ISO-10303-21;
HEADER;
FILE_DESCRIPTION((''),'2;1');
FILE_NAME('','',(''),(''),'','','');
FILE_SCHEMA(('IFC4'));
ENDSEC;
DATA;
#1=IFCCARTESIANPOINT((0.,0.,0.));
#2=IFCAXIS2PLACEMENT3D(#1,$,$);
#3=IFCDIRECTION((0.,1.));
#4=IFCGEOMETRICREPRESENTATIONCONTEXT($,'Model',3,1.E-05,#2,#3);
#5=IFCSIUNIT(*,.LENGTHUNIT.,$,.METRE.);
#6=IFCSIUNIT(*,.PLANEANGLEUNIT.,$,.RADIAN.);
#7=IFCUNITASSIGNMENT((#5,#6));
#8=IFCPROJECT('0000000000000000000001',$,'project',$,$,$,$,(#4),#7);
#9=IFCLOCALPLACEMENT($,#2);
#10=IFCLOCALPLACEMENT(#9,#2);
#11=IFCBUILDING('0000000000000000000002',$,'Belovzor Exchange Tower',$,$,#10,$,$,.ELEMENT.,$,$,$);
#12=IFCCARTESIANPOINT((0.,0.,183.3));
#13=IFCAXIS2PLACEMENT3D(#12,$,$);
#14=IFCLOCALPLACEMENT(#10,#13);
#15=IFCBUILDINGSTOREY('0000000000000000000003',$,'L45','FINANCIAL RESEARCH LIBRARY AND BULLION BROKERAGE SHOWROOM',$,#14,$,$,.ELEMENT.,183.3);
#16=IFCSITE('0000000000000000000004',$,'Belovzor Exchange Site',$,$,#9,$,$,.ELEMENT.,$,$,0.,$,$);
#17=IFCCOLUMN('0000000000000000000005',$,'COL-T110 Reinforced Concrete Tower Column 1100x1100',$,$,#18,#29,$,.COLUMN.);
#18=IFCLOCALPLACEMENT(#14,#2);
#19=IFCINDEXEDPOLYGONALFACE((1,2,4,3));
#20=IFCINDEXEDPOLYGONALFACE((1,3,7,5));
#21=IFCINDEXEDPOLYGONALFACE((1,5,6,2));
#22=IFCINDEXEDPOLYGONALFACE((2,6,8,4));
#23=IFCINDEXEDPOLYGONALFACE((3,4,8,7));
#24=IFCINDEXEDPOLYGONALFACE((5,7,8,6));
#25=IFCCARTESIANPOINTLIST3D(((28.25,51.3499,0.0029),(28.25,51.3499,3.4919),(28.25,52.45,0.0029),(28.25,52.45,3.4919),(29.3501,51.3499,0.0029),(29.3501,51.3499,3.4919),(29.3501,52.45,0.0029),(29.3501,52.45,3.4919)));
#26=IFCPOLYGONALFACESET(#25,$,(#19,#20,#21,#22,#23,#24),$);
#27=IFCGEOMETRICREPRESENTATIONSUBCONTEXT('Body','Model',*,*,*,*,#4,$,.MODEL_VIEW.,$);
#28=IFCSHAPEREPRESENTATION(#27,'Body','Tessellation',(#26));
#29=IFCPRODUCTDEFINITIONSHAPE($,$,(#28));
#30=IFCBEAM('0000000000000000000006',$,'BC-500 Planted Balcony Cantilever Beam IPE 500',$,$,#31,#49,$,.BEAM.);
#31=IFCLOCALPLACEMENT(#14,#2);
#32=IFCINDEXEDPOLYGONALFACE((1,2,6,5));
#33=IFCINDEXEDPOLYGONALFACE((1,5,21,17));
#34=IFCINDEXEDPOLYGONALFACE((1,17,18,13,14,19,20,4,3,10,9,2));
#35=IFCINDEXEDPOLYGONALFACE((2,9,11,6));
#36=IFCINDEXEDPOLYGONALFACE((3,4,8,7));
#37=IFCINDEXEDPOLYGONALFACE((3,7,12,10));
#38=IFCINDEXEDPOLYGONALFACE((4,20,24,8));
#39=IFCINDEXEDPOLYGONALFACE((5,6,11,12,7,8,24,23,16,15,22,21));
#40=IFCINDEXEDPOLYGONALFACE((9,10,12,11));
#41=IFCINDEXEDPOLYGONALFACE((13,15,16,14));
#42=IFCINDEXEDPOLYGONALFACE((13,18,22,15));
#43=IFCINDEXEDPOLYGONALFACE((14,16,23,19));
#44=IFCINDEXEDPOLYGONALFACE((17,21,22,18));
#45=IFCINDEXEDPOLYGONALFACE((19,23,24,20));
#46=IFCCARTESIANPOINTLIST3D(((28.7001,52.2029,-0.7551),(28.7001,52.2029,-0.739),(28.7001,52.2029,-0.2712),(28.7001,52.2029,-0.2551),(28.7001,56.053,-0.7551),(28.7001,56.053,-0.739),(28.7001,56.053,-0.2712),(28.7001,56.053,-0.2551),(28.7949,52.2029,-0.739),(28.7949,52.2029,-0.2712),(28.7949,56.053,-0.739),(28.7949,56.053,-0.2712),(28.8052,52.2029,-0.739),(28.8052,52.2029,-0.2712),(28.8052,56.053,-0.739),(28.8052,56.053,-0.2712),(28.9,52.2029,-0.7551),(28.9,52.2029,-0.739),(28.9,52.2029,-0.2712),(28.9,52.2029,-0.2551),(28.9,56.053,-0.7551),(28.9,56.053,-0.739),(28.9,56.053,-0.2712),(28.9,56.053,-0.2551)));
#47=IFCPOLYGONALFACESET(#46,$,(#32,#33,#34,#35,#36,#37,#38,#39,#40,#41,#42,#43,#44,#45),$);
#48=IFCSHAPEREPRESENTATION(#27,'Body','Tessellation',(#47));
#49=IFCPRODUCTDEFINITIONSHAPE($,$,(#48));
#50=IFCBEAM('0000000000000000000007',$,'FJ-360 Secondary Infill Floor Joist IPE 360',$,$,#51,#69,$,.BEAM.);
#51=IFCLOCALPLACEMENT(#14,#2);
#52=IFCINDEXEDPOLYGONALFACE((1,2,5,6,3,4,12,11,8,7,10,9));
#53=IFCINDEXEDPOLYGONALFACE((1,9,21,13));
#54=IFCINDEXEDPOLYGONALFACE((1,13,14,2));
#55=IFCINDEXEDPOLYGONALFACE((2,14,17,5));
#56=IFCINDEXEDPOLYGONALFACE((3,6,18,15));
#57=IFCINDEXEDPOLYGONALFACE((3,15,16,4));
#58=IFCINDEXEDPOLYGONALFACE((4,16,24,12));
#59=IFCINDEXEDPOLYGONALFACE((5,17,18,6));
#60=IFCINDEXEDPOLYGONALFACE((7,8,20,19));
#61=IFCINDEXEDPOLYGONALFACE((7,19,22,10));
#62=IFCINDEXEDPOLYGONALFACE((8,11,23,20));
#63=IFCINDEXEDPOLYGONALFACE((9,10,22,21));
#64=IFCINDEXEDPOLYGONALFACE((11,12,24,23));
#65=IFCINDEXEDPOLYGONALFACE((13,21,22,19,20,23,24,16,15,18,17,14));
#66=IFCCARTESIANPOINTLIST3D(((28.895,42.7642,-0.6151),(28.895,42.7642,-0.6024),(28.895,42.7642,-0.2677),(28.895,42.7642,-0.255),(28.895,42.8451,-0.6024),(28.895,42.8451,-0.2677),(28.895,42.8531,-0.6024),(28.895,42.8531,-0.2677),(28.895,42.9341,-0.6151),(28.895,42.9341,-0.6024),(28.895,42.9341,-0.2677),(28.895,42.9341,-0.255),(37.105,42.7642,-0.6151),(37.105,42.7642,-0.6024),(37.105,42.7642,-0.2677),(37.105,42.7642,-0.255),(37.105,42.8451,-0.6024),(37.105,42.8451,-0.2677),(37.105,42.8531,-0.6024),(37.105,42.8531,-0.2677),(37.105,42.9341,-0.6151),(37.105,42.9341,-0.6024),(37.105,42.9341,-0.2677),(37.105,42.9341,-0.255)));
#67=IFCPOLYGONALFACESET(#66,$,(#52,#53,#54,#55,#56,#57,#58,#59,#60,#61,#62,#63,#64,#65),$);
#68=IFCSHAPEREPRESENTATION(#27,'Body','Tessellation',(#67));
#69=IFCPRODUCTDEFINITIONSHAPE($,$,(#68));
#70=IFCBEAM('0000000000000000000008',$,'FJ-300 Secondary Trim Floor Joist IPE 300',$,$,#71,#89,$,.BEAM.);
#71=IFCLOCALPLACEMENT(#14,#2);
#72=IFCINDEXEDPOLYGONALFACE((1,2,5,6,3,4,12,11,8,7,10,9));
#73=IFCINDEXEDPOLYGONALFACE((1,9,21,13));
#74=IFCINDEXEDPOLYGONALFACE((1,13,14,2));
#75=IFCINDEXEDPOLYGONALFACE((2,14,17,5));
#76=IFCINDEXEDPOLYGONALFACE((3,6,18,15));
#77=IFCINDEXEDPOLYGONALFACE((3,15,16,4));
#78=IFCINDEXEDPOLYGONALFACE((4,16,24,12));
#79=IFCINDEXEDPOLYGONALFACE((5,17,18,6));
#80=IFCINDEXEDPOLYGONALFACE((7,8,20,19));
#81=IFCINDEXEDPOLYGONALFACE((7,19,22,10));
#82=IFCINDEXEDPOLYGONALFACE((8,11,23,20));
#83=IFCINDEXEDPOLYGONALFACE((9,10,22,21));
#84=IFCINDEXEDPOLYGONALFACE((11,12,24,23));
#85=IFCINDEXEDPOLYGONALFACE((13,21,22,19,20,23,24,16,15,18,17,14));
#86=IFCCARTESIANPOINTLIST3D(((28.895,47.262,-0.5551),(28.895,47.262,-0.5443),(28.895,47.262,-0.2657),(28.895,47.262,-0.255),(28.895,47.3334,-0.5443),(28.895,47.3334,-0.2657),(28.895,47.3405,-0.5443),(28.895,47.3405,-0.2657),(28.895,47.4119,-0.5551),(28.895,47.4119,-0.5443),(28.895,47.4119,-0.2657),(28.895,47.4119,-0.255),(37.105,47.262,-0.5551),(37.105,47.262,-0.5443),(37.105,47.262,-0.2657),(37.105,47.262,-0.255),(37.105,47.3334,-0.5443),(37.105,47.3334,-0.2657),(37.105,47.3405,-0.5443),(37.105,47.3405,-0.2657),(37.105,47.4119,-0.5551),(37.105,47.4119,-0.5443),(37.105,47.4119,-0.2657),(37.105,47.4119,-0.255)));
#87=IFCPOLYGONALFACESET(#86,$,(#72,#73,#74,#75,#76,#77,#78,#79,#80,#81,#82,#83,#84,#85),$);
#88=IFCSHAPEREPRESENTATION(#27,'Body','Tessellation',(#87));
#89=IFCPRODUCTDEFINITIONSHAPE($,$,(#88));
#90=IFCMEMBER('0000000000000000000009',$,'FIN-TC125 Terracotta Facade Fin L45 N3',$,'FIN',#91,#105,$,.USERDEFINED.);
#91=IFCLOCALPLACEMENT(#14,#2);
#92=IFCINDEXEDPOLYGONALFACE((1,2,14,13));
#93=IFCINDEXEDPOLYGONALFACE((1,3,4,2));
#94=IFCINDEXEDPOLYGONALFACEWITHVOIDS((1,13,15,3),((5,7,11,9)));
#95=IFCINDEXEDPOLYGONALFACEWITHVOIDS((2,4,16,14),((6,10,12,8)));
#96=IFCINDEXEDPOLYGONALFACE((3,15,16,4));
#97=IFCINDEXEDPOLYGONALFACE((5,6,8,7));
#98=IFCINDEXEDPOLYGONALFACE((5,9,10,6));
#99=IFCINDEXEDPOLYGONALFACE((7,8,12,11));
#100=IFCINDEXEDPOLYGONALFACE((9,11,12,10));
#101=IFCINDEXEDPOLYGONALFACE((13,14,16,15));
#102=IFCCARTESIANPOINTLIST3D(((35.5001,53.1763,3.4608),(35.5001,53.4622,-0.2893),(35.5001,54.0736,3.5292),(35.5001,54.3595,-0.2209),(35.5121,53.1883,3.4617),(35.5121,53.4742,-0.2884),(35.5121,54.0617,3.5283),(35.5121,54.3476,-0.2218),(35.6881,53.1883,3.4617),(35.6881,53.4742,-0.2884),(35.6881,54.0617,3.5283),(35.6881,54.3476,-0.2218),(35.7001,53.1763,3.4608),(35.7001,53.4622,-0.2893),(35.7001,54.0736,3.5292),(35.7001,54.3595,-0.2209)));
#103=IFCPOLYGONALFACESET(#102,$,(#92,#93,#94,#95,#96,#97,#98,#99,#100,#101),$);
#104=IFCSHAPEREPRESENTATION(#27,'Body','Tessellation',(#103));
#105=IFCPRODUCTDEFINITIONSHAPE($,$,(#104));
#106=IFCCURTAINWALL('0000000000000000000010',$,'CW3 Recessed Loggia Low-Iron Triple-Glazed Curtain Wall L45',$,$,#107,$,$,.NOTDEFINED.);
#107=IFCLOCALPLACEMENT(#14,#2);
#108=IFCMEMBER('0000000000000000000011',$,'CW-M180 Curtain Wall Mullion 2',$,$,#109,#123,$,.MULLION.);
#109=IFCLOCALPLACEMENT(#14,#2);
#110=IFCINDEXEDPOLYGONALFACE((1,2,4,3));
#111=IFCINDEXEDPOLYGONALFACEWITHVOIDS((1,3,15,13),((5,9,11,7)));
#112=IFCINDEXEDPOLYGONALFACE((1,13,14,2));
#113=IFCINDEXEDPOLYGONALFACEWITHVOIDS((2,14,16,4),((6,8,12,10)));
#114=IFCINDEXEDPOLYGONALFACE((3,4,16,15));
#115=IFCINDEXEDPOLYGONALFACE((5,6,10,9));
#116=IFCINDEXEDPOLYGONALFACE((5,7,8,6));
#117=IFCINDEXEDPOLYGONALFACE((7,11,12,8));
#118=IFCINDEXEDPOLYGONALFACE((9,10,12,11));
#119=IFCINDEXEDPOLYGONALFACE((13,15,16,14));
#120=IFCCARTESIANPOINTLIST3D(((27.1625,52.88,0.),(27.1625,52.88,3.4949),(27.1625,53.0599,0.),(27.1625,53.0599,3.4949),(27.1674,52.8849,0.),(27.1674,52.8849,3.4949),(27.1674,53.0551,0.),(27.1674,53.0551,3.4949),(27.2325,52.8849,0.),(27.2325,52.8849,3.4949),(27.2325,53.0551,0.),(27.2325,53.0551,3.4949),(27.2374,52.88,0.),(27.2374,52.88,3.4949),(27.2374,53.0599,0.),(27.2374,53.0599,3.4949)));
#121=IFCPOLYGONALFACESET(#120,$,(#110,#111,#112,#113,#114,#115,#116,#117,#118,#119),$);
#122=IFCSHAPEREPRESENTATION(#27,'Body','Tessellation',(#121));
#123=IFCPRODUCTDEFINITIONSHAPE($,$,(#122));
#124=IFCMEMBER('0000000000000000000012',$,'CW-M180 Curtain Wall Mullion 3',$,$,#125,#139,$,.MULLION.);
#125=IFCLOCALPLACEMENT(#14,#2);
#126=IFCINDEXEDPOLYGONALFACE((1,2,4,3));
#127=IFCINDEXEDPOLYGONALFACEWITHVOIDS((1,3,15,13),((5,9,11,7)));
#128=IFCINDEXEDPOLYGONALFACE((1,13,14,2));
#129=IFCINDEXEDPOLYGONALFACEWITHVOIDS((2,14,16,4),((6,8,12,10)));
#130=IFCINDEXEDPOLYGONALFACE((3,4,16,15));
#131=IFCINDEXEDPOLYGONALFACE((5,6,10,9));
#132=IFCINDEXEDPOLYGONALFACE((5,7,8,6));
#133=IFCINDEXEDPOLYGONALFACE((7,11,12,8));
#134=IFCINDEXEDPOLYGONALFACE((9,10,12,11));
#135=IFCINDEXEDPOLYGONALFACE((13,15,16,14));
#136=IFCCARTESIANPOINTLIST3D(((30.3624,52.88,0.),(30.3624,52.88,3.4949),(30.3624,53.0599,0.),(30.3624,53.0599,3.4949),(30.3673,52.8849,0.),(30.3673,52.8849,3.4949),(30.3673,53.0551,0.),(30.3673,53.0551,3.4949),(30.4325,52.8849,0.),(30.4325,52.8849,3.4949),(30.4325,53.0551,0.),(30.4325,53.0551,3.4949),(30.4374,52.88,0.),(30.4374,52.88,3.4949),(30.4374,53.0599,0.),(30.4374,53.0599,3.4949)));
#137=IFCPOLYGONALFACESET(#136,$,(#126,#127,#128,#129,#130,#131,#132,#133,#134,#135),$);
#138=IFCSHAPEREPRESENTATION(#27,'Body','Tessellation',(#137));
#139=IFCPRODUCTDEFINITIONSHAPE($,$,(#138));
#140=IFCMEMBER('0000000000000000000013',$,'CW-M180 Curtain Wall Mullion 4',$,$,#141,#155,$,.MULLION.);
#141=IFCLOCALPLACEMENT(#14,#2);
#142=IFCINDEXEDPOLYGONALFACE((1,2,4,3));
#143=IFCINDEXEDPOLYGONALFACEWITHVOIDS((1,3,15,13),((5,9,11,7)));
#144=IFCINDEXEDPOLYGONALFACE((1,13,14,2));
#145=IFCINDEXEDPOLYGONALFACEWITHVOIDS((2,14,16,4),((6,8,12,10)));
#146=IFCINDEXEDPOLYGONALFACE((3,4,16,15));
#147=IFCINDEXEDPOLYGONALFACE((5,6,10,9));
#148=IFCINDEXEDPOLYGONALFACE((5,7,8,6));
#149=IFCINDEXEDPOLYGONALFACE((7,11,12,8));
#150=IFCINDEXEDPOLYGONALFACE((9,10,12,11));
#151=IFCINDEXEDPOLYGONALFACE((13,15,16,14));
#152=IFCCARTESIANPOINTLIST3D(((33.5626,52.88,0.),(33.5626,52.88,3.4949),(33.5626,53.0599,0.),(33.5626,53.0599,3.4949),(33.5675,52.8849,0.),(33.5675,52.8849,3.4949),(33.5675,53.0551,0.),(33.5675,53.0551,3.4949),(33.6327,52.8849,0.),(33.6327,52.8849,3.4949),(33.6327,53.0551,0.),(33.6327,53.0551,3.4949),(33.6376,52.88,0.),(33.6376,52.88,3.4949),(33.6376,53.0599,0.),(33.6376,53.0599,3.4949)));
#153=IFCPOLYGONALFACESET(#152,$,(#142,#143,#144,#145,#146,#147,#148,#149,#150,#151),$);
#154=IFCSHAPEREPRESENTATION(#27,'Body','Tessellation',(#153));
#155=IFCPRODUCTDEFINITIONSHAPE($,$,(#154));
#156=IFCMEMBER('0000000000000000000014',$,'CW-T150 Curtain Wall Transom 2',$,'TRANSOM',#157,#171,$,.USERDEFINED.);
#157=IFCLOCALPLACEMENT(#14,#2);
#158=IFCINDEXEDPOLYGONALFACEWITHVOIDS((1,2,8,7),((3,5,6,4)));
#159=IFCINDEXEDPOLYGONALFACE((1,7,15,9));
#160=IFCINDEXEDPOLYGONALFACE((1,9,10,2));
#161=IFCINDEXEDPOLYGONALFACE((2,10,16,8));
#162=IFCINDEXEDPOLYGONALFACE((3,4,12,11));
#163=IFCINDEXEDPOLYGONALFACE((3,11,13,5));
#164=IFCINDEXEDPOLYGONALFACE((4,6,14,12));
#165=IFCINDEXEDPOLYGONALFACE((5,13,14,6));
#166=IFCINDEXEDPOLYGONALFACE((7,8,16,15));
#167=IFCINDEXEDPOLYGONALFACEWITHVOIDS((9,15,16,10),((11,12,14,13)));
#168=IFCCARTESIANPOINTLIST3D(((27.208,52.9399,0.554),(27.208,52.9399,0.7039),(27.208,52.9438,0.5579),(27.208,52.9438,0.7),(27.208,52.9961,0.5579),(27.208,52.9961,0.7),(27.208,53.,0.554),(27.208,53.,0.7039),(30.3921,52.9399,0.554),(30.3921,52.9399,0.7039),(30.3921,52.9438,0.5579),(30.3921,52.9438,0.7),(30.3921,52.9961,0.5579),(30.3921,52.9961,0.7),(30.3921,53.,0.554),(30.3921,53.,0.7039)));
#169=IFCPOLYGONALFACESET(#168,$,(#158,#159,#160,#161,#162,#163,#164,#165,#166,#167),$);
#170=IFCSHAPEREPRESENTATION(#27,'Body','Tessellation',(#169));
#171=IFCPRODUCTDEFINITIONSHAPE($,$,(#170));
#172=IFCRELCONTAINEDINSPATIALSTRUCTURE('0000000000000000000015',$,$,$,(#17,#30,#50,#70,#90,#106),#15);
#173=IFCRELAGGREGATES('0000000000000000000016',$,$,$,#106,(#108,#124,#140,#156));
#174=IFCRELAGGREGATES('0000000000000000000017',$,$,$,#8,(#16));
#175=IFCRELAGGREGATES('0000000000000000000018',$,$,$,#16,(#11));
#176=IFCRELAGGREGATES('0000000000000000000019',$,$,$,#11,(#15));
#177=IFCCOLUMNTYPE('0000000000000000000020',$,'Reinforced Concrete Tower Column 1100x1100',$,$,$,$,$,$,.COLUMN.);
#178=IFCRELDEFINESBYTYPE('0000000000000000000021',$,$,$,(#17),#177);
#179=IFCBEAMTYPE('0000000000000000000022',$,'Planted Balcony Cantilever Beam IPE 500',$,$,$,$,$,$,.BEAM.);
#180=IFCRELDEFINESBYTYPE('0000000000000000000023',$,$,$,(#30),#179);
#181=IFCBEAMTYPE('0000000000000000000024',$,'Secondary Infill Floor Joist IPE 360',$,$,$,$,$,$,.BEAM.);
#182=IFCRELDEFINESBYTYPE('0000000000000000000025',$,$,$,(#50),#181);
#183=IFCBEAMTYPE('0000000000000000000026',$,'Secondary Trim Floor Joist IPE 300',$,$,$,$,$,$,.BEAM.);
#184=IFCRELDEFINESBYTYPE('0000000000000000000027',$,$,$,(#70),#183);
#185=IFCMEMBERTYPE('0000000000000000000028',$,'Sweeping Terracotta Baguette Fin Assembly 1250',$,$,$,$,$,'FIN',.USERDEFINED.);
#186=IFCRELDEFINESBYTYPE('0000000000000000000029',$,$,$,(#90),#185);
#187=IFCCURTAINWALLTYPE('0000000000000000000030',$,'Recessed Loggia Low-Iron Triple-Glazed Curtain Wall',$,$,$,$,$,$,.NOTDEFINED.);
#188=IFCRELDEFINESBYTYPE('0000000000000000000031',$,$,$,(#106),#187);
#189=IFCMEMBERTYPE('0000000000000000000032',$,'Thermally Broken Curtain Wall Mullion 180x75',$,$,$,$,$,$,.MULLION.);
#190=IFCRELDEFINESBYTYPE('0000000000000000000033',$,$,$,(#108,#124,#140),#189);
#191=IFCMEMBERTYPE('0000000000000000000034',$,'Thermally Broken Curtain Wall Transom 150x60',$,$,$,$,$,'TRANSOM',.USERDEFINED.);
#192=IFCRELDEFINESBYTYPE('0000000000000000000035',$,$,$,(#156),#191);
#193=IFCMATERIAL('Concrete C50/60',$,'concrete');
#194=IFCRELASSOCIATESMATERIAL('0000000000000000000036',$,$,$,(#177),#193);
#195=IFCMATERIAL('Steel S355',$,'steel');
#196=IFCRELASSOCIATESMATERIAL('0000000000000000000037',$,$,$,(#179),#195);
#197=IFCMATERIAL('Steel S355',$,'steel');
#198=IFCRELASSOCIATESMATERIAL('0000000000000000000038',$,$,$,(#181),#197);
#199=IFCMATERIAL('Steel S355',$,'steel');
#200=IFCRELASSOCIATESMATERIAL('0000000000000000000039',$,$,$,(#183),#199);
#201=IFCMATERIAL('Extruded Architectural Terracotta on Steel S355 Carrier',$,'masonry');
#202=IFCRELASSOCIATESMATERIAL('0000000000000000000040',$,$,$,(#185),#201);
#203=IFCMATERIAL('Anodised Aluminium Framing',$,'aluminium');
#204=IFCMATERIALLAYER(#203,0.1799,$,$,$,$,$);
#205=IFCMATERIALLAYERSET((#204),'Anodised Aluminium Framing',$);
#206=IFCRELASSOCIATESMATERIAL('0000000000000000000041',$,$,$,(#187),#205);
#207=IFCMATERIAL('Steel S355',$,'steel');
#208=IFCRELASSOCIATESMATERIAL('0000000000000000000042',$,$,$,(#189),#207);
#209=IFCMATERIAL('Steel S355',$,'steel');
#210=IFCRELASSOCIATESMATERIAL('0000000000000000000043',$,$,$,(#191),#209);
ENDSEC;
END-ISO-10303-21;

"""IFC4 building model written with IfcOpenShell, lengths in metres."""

from ifc_helpers import new_model, si_unit, direction, frame, origin, origin_2d, place, context, subcontext, project, spatial, rectangle, hollow_rectangle, i_section, extrude, material, layer, layer_set, material_profile, profile_set, type_object, element, aggregate, save


model = new_model("IFC4")

# Units and contexts
model_context = context("Model", 3, precision=1e-05, world=origin(), true_north=direction((0.0, 1.0)))
body_context = subcontext(model_context, "Body", "Model", "MODEL_VIEW")
ifc_project = project(units=[si_unit("LENGTHUNIT", "METRE"), si_unit("PLANEANGLEUNIT", "RADIAN")], contexts=[model_context])

# Site, building, storey
site_placement = place(None, origin())
site = spatial("IfcSite", under=ifc_project, at=site_placement, Name="Belovzor Exchange Site", CompositionType="ELEMENT", RefElevation=0.0)
building_placement = place(site_placement, origin())
building = spatial("IfcBuilding", under=site, at=building_placement, Name="Belovzor Exchange Tower", CompositionType="ELEMENT")
storey_placement = place(building_placement, frame((0.0, 0.0, 183.3)))
storey = spatial("IfcBuildingStorey", under=building, at=storey_placement, Name="L45", Description="FINANCIAL RESEARCH LIBRARY AND BULLION BROKERAGE SHOWROOM", CompositionType="ELEMENT", Elevation=183.3)

# Column
ifc_material_1 = material(Name="Concrete C50/60", Category="concrete")
ifc_material_profile_1 = material_profile(ifc_material_1, rectangle(XDim=1.1001, YDim=1.1001, at=origin_2d()))
ifc_profile_set_1 = profile_set([ifc_material_profile_1], Name="Concrete C50/60")
column_type = type_object("IfcColumnType", Name="Reinforced Concrete Tower Column 1100x1100", PredefinedType="COLUMN", material=ifc_profile_set_1)
column_placement = place(storey_placement, frame((28.8, 51.8999, 0.0029), z_axis=(0.0, 0.0, 1.0), x_axis=(1.0, 0.0, 0.0)))
element("IfcColumn", 1, at=column_placement, inside=storey, type_object=column_type, Name="COL-T110 Reinforced Concrete Tower Column 1100x1100", PredefinedType="COLUMN", context=body_context, shape_type="SweptSolid", body=[
    extrude(rectangle(XDim=1.1001, YDim=1.1001, at=origin_2d()), origin(), (0.0, 0.0, 1.0), 3.489),
])

# Beams
ifc_material_2 = material(Name="Steel S355", Category="steel")
ifc_material_profile_2 = material_profile(ifc_material_2, i_section(OverallWidth=0.2, OverallDepth=0.5, WebThickness=0.0103, FlangeThickness=0.0161, at=origin_2d()))
ifc_profile_set_2 = profile_set([ifc_material_profile_2], Name="Steel S355")
beam_type_1 = type_object("IfcBeamType", Name="Planted Balcony Cantilever Beam IPE 500", PredefinedType="BEAM", material=ifc_profile_set_2)
beam_1_placement = place(storey_placement, frame((28.8, 52.2029, -0.5051), z_axis=(0.0, 1.0, 0.0), x_axis=(-1.0, 0.0, 0.0)))
element("IfcBeam", 2, at=beam_1_placement, inside=storey, type_object=beam_type_1, Name="BC-500 Planted Balcony Cantilever Beam IPE 500", PredefinedType="BEAM", context=body_context, shape_type="SweptSolid", body=[
    extrude(i_section(OverallWidth=0.2, OverallDepth=0.5, WebThickness=0.0103, FlangeThickness=0.0161, at=origin_2d()), origin(), (0.0, 0.0, 1.0), 3.8501),
])
ifc_material_3 = material(Name="Steel S355", Category="steel")
ifc_material_profile_3 = material_profile(ifc_material_3, i_section(OverallWidth=0.1699, OverallDepth=0.3601, WebThickness=0.0081, FlangeThickness=0.0127, at=origin_2d()))
ifc_profile_set_3 = profile_set([ifc_material_profile_3], Name="Steel S355")
beam_type_2 = type_object("IfcBeamType", Name="Secondary Infill Floor Joist IPE 360", PredefinedType="BEAM", material=ifc_profile_set_3)
beam_2_placement = place(storey_placement, frame((28.895, 42.8491, -0.4351), z_axis=(1.0, 0.0, 0.0), x_axis=(0.0, 1.0, 0.0)))
element("IfcBeam", 3, at=beam_2_placement, inside=storey, type_object=beam_type_2, Name="FJ-360 Secondary Infill Floor Joist IPE 360", PredefinedType="BEAM", context=body_context, shape_type="SweptSolid", body=[
    extrude(i_section(OverallWidth=0.1699, OverallDepth=0.3601, WebThickness=0.0081, FlangeThickness=0.0127, at=origin_2d()), origin(), (0.0, 0.0, 1.0), 8.21),
])
ifc_material_4 = material(Name="Steel S355", Category="steel")
ifc_material_profile_4 = material_profile(ifc_material_4, i_section(OverallWidth=0.1499, OverallDepth=0.3, WebThickness=0.0071, FlangeThickness=0.0107, at=origin_2d()))
ifc_profile_set_4 = profile_set([ifc_material_profile_4], Name="Steel S355")
beam_type_3 = type_object("IfcBeamType", Name="Secondary Trim Floor Joist IPE 300", PredefinedType="BEAM", material=ifc_profile_set_4)
beam_3_placement = place(storey_placement, frame((28.895, 47.3369, -0.405), z_axis=(1.0, 0.0, 0.0), x_axis=(0.0, 1.0, 0.0)))
element("IfcBeam", 4, at=beam_3_placement, inside=storey, type_object=beam_type_3, Name="FJ-300 Secondary Trim Floor Joist IPE 300", PredefinedType="BEAM", context=body_context, shape_type="SweptSolid", body=[
    extrude(i_section(OverallWidth=0.1499, OverallDepth=0.3, WebThickness=0.0071, FlangeThickness=0.0107, at=origin_2d()), origin(), (0.0, 0.0, 1.0), 8.21),
])

# Member
ifc_material_5 = material(Name="Extruded Architectural Terracotta on Steel S355 Carrier", Category="masonry")
ifc_material_profile_5 = material_profile(ifc_material_5, hollow_rectangle(XDim=0.2, YDim=0.8999, WallThickness=0.012, at=origin_2d()))
ifc_profile_set_5 = profile_set([ifc_material_profile_5], Name="Extruded Architectural Terracotta on Steel S355 Carrier")
member_type_1 = type_object("IfcMemberType", Name="Sweeping Terracotta Baguette Fin Assembly 1250", ElementType="FIN", PredefinedType="USERDEFINED", material=ifc_profile_set_5)
member_1_placement = place(storey_placement, frame((35.6001, 53.9109, -0.2551), z_axis=(0.0, -0.076016, 0.997107), x_axis=(1.0, 0.0, 0.0)))
element("IfcMember", 5, at=member_1_placement, inside=storey, type_object=member_type_1, Name="FIN-TC125 Terracotta Facade Fin L45 N3", ObjectType="FIN", PredefinedType="USERDEFINED", context=body_context, shape_type="SweptSolid", body=[
    extrude(hollow_rectangle(XDim=0.2, YDim=0.8999, WallThickness=0.012, at=origin_2d()), origin(), (0.0, 0.0, 1.0), 3.761),
])

# Curtain wall, members
ifc_material_6 = material(Name="Anodised Aluminium Framing", Category="aluminium")
ifc_layer_1 = layer(ifc_material_6, 0.1799)
ifc_layer_set_1 = layer_set([ifc_layer_1], Name="Anodised Aluminium Framing")
curtain_wall_type = type_object("IfcCurtainWallType", Name="Recessed Loggia Low-Iron Triple-Glazed Curtain Wall", PredefinedType="NOTDEFINED", material=ifc_layer_set_1)
curtain_wall_placement = place(storey_placement, origin())
curtain_wall = element("IfcCurtainWall", 6, at=curtain_wall_placement, inside=storey, type_object=curtain_wall_type, Name="CW3 Recessed Loggia Low-Iron Triple-Glazed Curtain Wall L45", PredefinedType="NOTDEFINED")
ifc_material_7 = material(Name="Steel S355", Category="steel")
ifc_material_profile_6 = material_profile(ifc_material_7, hollow_rectangle(XDim=0.075, YDim=0.1799, WallThickness=0.0049, at=origin_2d()))
ifc_profile_set_6 = profile_set([ifc_material_profile_6], Name="Steel S355")
member_type_2 = type_object("IfcMemberType", Name="Thermally Broken Curtain Wall Mullion 180x75", PredefinedType="MULLION", material=ifc_profile_set_6)
member_2_placement = place(storey_placement, frame((27.2, 52.97, 0.0), z_axis=(0.0, 0.0, 1.0), x_axis=(1.0, 0.0, 0.0)))
member_2 = element("IfcMember", 7, at=member_2_placement, type_object=member_type_2, Name="CW-M180 Curtain Wall Mullion 2", PredefinedType="MULLION", context=body_context, shape_type="SweptSolid", body=[
    extrude(hollow_rectangle(XDim=0.075, YDim=0.1799, WallThickness=0.0049, at=origin_2d()), origin(), (0.0, 0.0, 1.0), 3.4949),
])
member_3_placement = place(storey_placement, frame((30.3999, 52.97, 0.0), z_axis=(0.0, 0.0, 1.0), x_axis=(1.0, 0.0, 0.0)))
member_3 = element("IfcMember", 8, at=member_3_placement, type_object=member_type_2, Name="CW-M180 Curtain Wall Mullion 3", PredefinedType="MULLION", context=body_context, shape_type="SweptSolid", body=[
    extrude(hollow_rectangle(XDim=0.075, YDim=0.1799, WallThickness=0.0049, at=origin_2d()), origin(), (0.0, 0.0, 1.0), 3.4949),
])
member_4_placement = place(storey_placement, frame((33.6001, 52.97, 0.0), z_axis=(0.0, 0.0, 1.0), x_axis=(1.0, 0.0, 0.0)))
member_4 = element("IfcMember", 9, at=member_4_placement, type_object=member_type_2, Name="CW-M180 Curtain Wall Mullion 4", PredefinedType="MULLION", context=body_context, shape_type="SweptSolid", body=[
    extrude(hollow_rectangle(XDim=0.075, YDim=0.1799, WallThickness=0.0049, at=origin_2d()), origin(), (0.0, 0.0, 1.0), 3.4949),
])
ifc_material_8 = material(Name="Steel S355", Category="steel")
ifc_material_profile_7 = material_profile(ifc_material_8, hollow_rectangle(XDim=0.0601, YDim=0.1499, WallThickness=0.0039, at=origin_2d()))
ifc_profile_set_7 = profile_set([ifc_material_profile_7], Name="Steel S355")
member_type_3 = type_object("IfcMemberType", Name="Thermally Broken Curtain Wall Transom 150x60", ElementType="TRANSOM", PredefinedType="USERDEFINED", material=ifc_profile_set_7)
member_5_placement = place(storey_placement, frame((27.208, 52.97, 0.6289), z_axis=(1.0, 0.0, 0.0), x_axis=(0.0, 1.0, 0.0)))
member_5 = element("IfcMember", 10, at=member_5_placement, type_object=member_type_3, Name="CW-T150 Curtain Wall Transom 2", ObjectType="TRANSOM", PredefinedType="USERDEFINED", context=body_context, shape_type="SweptSolid", body=[
    extrude(hollow_rectangle(XDim=0.0601, YDim=0.1499, WallThickness=0.0039, at=origin_2d()), origin(), (0.0, 0.0, 1.0), 3.1841),
])

aggregate(curtain_wall, [member_2, member_3, member_4, member_5])

save(model, "model.ifc")
